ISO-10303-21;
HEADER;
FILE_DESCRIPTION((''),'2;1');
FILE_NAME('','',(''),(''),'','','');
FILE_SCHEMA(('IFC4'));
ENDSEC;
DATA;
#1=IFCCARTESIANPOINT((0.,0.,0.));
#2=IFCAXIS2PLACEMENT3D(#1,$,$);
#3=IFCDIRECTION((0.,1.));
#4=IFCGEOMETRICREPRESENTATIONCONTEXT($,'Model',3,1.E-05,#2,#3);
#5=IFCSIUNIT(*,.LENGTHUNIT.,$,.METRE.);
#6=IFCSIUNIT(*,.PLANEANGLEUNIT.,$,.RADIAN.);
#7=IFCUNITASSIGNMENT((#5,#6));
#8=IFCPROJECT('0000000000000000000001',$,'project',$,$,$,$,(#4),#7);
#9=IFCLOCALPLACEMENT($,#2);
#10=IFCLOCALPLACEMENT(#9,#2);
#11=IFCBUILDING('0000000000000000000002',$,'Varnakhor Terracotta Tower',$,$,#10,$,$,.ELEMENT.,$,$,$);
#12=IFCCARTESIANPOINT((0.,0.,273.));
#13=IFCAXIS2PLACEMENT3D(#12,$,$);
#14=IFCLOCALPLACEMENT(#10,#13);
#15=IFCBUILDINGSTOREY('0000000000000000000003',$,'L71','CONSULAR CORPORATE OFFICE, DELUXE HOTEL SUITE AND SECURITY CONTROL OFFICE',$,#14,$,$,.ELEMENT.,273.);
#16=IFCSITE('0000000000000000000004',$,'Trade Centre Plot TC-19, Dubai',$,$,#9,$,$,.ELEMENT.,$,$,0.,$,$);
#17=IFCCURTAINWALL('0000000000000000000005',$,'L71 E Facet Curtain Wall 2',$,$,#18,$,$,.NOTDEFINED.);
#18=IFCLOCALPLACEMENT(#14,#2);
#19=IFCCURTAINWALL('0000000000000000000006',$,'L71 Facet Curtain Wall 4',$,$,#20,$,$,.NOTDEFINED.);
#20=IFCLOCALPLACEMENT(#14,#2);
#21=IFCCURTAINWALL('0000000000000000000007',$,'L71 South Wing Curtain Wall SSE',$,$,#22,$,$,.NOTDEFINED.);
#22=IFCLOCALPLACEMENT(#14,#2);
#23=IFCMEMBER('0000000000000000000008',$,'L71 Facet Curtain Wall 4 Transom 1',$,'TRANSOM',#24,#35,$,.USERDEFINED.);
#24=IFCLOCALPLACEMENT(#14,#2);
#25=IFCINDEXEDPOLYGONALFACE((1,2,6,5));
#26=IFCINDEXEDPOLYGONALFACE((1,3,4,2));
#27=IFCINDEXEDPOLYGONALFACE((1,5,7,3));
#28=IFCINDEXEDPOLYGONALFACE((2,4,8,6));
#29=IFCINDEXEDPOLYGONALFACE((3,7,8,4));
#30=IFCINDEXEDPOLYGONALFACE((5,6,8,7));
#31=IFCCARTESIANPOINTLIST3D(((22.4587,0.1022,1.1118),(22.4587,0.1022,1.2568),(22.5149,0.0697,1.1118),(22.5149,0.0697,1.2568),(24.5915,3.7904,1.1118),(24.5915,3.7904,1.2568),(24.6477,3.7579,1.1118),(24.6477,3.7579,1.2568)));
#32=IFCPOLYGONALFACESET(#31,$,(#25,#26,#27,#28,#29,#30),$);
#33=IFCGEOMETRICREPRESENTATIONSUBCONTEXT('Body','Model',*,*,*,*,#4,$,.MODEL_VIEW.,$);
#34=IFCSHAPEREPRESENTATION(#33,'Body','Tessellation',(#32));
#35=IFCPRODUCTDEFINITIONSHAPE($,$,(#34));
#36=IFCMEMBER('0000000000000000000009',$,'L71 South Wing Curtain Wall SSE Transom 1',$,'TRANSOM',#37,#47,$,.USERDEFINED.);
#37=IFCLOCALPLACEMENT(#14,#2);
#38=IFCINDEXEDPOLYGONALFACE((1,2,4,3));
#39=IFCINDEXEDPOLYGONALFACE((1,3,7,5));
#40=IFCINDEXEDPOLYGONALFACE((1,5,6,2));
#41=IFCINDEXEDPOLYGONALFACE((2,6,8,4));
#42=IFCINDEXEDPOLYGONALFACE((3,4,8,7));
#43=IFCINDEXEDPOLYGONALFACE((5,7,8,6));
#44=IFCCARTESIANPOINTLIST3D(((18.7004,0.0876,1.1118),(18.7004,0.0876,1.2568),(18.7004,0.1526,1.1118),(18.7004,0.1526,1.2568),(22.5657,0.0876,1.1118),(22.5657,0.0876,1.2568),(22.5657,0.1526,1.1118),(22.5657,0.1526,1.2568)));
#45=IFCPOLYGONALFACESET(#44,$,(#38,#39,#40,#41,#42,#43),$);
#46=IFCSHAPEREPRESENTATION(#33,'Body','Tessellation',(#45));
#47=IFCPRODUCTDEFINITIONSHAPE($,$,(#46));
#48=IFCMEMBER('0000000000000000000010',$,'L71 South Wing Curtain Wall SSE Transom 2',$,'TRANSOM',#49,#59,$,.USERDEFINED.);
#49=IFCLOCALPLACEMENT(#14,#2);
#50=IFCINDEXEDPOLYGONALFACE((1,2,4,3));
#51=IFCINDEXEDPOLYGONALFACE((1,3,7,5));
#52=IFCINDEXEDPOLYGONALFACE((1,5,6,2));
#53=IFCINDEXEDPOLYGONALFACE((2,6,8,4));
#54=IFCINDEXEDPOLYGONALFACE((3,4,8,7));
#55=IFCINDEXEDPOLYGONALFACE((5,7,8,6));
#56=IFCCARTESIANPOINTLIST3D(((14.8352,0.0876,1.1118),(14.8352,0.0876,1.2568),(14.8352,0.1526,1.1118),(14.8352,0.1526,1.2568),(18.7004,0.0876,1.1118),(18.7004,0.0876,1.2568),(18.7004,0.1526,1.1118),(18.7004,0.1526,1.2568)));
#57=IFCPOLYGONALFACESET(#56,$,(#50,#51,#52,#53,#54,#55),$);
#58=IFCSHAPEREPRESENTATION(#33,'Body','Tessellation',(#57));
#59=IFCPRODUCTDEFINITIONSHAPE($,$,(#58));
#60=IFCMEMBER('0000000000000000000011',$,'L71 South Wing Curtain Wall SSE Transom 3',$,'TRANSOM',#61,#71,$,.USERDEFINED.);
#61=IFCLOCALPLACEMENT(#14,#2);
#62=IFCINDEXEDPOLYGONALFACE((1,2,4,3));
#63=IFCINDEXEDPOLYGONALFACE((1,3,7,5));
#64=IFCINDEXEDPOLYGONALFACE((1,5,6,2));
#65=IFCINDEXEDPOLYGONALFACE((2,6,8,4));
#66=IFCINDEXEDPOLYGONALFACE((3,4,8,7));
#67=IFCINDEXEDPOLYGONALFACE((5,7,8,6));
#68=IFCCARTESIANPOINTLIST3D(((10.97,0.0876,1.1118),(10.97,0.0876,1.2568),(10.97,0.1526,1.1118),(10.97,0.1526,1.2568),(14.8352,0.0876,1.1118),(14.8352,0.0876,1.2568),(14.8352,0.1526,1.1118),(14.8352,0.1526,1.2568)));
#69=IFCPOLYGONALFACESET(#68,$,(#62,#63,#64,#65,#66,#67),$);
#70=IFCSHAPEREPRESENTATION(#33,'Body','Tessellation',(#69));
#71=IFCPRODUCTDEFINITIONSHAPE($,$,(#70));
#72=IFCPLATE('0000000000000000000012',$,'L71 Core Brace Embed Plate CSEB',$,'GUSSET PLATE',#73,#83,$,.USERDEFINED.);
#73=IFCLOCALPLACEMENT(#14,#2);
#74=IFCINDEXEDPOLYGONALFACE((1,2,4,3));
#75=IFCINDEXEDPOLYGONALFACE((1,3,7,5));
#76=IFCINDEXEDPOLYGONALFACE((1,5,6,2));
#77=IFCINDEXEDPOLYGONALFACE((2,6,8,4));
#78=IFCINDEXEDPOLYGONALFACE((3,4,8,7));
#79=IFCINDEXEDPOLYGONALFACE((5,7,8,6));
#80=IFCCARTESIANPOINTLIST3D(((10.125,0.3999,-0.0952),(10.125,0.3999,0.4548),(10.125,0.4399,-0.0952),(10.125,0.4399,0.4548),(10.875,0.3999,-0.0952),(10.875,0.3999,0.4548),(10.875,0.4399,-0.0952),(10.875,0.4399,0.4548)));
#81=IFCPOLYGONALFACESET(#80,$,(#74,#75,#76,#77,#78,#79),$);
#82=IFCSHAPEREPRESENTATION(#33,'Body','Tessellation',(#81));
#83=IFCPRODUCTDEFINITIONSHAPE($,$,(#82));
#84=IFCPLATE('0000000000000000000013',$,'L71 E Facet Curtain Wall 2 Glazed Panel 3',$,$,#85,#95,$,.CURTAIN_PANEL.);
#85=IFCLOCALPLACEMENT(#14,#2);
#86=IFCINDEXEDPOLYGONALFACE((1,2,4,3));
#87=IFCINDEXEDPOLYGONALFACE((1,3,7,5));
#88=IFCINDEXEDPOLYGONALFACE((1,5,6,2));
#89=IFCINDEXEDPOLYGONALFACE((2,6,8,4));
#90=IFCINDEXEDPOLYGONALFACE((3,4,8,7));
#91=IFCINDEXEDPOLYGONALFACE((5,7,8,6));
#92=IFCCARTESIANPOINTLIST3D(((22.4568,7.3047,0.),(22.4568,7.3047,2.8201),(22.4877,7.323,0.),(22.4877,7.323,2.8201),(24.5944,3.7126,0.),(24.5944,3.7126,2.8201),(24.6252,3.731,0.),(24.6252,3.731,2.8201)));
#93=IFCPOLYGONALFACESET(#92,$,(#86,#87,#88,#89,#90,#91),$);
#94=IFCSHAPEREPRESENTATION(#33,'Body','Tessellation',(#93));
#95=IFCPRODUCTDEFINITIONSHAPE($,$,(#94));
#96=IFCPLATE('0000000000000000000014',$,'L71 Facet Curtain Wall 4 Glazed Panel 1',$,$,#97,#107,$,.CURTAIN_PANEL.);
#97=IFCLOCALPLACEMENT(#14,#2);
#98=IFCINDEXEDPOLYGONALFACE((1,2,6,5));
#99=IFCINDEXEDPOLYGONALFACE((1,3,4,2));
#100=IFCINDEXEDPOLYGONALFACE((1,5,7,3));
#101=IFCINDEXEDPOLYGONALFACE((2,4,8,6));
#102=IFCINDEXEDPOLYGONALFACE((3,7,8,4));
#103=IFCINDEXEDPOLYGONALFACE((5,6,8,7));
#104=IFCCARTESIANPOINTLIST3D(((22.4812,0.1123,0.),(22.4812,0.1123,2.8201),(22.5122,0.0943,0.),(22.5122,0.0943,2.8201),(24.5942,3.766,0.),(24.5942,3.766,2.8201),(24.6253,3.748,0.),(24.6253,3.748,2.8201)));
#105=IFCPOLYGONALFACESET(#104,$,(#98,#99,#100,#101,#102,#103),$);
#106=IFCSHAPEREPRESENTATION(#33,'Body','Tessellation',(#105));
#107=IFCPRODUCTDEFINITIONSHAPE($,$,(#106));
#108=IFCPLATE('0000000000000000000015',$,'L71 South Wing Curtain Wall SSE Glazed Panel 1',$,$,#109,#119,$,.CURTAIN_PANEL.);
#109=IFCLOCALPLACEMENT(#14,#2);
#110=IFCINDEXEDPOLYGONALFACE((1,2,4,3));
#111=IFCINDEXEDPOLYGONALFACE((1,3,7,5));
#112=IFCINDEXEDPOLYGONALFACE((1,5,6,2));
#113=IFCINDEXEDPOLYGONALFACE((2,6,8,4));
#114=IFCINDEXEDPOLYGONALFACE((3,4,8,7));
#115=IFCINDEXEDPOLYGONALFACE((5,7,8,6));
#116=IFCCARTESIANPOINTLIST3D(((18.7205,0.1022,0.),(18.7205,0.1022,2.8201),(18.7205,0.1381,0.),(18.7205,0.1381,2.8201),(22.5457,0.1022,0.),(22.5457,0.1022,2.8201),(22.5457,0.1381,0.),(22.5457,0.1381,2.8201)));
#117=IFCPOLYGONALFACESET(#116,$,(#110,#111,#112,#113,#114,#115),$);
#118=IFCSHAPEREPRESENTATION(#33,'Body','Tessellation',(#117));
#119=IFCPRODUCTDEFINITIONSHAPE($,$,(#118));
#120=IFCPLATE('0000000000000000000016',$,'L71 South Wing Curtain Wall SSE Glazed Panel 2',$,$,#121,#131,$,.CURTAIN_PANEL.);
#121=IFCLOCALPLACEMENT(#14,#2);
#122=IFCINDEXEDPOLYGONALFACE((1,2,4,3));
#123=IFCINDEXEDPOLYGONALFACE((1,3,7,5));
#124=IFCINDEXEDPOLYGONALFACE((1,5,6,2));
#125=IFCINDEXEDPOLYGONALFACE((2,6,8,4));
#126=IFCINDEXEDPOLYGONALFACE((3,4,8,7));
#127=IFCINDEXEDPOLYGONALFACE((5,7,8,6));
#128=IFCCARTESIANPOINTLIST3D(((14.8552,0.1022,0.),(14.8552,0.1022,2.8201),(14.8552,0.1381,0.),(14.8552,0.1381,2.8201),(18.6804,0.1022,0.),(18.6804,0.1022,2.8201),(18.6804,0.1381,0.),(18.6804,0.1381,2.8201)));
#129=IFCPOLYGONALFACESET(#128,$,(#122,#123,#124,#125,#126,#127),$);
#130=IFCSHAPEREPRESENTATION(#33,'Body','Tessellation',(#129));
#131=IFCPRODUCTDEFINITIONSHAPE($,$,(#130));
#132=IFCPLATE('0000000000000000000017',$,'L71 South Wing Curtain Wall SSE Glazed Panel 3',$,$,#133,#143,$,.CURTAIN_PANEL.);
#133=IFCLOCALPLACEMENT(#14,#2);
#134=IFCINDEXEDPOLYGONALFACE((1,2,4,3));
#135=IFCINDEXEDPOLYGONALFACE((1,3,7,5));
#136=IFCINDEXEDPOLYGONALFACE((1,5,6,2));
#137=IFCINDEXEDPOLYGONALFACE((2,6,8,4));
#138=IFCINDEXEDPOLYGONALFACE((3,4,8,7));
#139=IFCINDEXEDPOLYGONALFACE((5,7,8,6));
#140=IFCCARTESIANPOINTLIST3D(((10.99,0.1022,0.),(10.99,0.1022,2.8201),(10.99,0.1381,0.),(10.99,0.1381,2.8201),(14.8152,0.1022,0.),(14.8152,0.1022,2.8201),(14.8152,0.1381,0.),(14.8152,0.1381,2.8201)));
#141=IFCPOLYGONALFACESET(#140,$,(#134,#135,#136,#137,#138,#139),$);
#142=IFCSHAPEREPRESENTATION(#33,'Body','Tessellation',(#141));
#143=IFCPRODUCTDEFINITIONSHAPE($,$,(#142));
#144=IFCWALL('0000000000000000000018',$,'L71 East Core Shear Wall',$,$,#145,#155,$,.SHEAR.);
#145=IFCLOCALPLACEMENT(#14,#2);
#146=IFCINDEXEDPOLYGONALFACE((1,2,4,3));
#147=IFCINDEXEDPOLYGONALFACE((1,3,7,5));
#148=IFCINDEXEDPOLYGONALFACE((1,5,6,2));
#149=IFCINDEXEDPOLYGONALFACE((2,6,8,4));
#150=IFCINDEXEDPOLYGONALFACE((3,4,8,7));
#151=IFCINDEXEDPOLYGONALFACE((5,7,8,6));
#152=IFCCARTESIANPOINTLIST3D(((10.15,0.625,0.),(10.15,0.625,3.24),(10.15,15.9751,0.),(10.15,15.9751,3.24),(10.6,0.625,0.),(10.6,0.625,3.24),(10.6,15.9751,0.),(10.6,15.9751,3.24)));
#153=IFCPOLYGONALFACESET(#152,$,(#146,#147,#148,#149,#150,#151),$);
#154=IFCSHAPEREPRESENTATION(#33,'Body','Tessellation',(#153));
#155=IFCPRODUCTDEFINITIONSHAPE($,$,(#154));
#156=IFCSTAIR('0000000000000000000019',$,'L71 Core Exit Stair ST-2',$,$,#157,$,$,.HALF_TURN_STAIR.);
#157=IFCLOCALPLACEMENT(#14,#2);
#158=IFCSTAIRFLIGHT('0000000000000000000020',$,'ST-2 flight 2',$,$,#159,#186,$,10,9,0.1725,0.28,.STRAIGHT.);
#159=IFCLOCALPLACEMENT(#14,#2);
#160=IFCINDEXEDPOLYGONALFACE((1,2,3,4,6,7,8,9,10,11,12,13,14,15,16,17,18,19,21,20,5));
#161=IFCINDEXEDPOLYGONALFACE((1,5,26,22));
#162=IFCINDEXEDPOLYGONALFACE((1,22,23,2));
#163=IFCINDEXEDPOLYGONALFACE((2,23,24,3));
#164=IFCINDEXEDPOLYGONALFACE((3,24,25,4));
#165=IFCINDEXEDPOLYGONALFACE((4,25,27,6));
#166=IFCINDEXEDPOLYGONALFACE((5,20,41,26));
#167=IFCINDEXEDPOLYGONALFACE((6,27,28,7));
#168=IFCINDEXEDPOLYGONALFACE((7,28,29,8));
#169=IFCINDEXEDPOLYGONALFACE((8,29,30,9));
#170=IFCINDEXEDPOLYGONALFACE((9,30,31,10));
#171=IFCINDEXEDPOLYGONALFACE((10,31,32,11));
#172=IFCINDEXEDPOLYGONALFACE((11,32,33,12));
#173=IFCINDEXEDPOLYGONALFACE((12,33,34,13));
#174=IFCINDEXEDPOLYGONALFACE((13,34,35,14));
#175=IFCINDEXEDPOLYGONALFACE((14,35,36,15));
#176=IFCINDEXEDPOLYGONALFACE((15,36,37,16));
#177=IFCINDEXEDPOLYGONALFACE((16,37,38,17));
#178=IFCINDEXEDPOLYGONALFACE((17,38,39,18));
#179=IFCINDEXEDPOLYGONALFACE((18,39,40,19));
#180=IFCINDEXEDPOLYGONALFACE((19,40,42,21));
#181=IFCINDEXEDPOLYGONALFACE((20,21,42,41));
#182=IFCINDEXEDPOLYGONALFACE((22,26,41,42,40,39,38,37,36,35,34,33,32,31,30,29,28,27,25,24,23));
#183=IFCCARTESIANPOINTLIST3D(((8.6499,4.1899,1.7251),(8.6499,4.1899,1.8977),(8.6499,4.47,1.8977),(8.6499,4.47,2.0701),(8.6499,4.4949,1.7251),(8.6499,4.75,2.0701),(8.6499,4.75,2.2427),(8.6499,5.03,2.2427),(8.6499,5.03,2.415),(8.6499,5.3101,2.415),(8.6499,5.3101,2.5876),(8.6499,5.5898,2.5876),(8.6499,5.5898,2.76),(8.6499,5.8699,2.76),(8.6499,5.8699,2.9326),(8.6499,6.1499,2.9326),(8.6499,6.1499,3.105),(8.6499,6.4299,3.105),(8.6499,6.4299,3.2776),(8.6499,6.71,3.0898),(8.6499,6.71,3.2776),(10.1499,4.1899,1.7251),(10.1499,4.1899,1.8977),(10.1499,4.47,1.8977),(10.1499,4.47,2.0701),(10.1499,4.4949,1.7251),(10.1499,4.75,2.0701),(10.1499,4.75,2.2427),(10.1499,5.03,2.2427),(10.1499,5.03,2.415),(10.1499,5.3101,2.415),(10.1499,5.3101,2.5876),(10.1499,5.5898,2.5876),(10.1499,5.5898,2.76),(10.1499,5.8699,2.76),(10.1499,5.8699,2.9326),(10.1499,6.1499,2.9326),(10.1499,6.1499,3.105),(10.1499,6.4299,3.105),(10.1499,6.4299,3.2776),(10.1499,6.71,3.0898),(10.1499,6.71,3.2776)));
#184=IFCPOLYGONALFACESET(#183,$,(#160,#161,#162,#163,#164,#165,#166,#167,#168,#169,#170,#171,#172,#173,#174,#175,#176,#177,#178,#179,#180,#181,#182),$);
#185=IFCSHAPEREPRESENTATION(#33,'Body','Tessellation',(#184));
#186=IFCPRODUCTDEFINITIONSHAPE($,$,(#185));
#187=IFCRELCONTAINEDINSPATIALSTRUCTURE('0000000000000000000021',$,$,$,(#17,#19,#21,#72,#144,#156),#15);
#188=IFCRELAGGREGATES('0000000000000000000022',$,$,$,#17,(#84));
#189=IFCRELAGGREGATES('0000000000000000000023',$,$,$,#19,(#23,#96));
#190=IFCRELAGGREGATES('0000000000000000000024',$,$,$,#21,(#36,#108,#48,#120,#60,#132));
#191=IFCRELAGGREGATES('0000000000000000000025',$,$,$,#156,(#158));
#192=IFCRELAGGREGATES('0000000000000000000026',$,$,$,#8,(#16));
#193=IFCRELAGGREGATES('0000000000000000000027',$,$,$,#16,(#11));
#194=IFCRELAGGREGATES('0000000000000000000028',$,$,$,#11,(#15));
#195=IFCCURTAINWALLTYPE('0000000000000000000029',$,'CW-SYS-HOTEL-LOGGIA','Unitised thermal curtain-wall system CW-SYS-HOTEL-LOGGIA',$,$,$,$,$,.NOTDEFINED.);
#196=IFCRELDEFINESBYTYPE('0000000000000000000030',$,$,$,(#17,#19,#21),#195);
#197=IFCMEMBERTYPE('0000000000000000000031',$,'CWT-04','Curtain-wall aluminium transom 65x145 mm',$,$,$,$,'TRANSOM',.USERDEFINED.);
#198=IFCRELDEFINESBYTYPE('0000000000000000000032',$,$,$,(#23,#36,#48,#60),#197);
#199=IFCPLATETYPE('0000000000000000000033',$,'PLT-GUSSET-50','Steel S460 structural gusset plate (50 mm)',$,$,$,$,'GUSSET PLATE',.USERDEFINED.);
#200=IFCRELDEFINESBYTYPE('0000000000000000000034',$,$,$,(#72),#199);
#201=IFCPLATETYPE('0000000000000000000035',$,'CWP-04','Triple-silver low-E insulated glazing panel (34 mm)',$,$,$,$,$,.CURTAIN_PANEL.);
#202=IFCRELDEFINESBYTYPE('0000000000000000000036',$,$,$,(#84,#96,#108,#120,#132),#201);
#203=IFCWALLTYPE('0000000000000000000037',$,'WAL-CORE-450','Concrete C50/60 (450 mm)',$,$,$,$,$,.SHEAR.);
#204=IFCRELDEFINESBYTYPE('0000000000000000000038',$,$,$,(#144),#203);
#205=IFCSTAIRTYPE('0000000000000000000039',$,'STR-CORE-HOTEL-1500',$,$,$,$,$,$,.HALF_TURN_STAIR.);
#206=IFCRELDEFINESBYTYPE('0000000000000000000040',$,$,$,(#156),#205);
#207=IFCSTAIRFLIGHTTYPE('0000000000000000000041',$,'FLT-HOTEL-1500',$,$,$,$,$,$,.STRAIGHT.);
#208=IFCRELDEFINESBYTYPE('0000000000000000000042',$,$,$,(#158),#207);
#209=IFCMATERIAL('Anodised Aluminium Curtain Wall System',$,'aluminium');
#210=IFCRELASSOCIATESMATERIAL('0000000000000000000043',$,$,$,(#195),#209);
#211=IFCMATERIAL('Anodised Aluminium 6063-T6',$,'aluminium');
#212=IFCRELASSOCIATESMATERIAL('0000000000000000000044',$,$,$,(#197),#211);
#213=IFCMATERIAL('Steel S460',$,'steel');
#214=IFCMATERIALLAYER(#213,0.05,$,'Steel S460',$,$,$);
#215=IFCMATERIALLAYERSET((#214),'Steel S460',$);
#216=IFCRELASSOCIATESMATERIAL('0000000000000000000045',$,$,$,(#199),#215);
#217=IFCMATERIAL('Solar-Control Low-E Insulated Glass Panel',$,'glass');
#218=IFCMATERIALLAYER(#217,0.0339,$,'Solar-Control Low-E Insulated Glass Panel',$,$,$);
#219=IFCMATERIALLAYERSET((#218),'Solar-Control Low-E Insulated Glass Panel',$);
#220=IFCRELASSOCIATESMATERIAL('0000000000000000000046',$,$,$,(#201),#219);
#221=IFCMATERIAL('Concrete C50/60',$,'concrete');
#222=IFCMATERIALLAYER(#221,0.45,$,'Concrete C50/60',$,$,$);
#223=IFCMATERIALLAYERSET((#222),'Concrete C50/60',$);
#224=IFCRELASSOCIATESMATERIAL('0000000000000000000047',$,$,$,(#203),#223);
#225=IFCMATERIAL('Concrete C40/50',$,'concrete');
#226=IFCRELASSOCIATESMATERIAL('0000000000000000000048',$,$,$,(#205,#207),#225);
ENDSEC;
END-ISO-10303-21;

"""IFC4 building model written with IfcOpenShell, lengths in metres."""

from ifc_helpers import new_model, si_unit, direction, frame, frame_2d, origin, origin_2d, place, context, subcontext, project, spatial, polyline, rectangle, outline, extrude, source, transform, mapped, material, layer, layer_set, material_profile, profile_set, type_object, type_shapes, element, aggregate, save


model = new_model("IFC4")

# Units and contexts
model_context = context("Model", 3, precision=1e-05, world=origin(), true_north=direction((0.0, 1.0)))
body_context = subcontext(model_context, "Body", "Model", "MODEL_VIEW")
ifc_project = project(units=[si_unit("LENGTHUNIT", "METRE"), si_unit("PLANEANGLEUNIT", "RADIAN")], contexts=[model_context])

# Site, building, storey
site_placement = place(None, origin())
site = spatial("IfcSite", under=ifc_project, at=site_placement, Name="Trade Centre Plot TC-19, Dubai", CompositionType="ELEMENT", RefElevation=0.0)
building_placement = place(site_placement, origin())
building = spatial("IfcBuilding", under=site, at=building_placement, Name="Varnakhor Terracotta Tower", CompositionType="ELEMENT")
storey_placement = place(building_placement, frame((0.0, 0.0, 273.0)))
storey = spatial("IfcBuildingStorey", under=building, at=storey_placement, Name="L71", Description="CONSULAR CORPORATE OFFICE, DELUXE HOTEL SUITE AND SECURITY CONTROL OFFICE", CompositionType="ELEMENT", Elevation=273.0)

# Shared definitions
ifc_material_1 = material(Name="Concrete C50/60", Category="concrete")

# Curtain walls
ifc_material_2 = material(Name="Anodised Aluminium Curtain Wall System", Category="aluminium")
curtain_wall_type = type_object("IfcCurtainWallType", Name="CW-SYS-HOTEL-LOGGIA", Description="Unitised thermal curtain-wall system CW-SYS-HOTEL-LOGGIA", PredefinedType="NOTDEFINED", material=ifc_material_2)
curtain_wall_1_placement = place(storey_placement, origin())
curtain_wall_1 = element("IfcCurtainWall", 1, at=curtain_wall_1_placement, inside=storey, type_object=curtain_wall_type, Name="L71 E Facet Curtain Wall 2", PredefinedType="NOTDEFINED")
ifc_material_3 = material(Name="Anodised Aluminium 6063-T6", Category="aluminium")
curtain_wall_2_placement = place(storey_placement, origin())
curtain_wall_2 = element("IfcCurtainWall", 2, at=curtain_wall_2_placement, inside=storey, type_object=curtain_wall_type, Name="L71 Facet Curtain Wall 4", PredefinedType="NOTDEFINED")

# Curtain wall
curtain_wall_3_placement = place(storey_placement, origin())
curtain_wall_3 = element("IfcCurtainWall", 3, at=curtain_wall_3_placement, inside=storey, type_object=curtain_wall_type, Name="L71 South Wing Curtain Wall SSE", PredefinedType="NOTDEFINED")

# Members
ifc_material_profile_1 = material_profile(ifc_material_3, rectangle(XDim=0.0649, YDim=0.145, at=origin_2d()), Name="ALU TRANSOM 65x145")
ifc_profile_set_1 = profile_set([ifc_material_profile_1], Name="Anodised Aluminium 6063-T6")
member_type_1 = type_object("IfcMemberType", Name="CWT-04", Description="Curtain-wall aluminium transom 65x145 mm", ElementType="TRANSOM", PredefinedType="USERDEFINED", material=ifc_profile_set_1)
shared_shape_1 = source(origin(), body_context, "Body", "SweptSolid", [
    extrude(rectangle(XDim=0.0649, YDim=0.145, at=origin_2d()), origin(), (0.0, 0.0, 1.0), 4.2605),
])
member_1_placement = place(storey_placement, frame((24.6196, 3.7742, 1.1843), z_axis=(-0.5006, -0.865679, 0.0), x_axis=(0.865679, -0.5006, 0.0)))
member_1 = element("IfcMember", 4, at=member_1_placement, type_object=member_type_1, Name="L71 Facet Curtain Wall 4 Transom 1", ObjectType="TRANSOM", PredefinedType="USERDEFINED", context=body_context, shape_type="MappedRepresentation", body=[
    mapped(shared_shape_1, transform((0.0, 0.0, 0.0), scale=1.0)),
])
shared_shape_2 = source(origin(), body_context, "Body", "SweptSolid", [
    extrude(rectangle(XDim=0.0649, YDim=0.145, at=origin_2d()), origin(), (0.0, 0.0, 1.0), 3.8652),
])
member_2_placement = place(storey_placement, frame((22.5657, 0.1201, 1.1843), z_axis=(-1.0, 0.0, 0.0), x_axis=(0.0, -1.0, 0.0)))
member_2 = element("IfcMember", 5, at=member_2_placement, type_object=member_type_1, Name="L71 South Wing Curtain Wall SSE Transom 1", ObjectType="TRANSOM", PredefinedType="USERDEFINED", context=body_context, shape_type="MappedRepresentation", body=[
    mapped(shared_shape_2, transform((0.0, 0.0, 0.0), scale=1.0)),
])
member_3_placement = place(storey_placement, frame((18.7004, 0.1201, 1.1843), z_axis=(-1.0, 0.0, 0.0), x_axis=(0.0, -1.0, 0.0)))
member_3 = element("IfcMember", 6, at=member_3_placement, type_object=member_type_1, Name="L71 South Wing Curtain Wall SSE Transom 2", ObjectType="TRANSOM", PredefinedType="USERDEFINED", context=body_context, shape_type="MappedRepresentation", body=[
    mapped(shared_shape_2, transform((0.0, 0.0, 0.0), scale=1.0)),
])
member_4_placement = place(storey_placement, frame((14.8352, 0.1201, 1.1843), z_axis=(-1.0, 0.0, 0.0), x_axis=(0.0, -1.0, 0.0)))
member_4 = element("IfcMember", 7, at=member_4_placement, type_object=member_type_1, Name="L71 South Wing Curtain Wall SSE Transom 3", ObjectType="TRANSOM", PredefinedType="USERDEFINED", context=body_context, shape_type="MappedRepresentation", body=[
    mapped(shared_shape_2, transform((0.0, 0.0, 0.0), scale=1.0)),
])

# Plates
ifc_material_4 = material(Name="Steel S460", Category="steel")
ifc_layer_1 = layer(ifc_material_4, 0.05, Name="Steel S460")
ifc_layer_set_1 = layer_set([ifc_layer_1], Name="Steel S460")
plate_type_1 = type_object("IfcPlateType", Name="PLT-GUSSET-50", Description="Steel S460 structural gusset plate (50 mm)", ElementType="GUSSET PLATE", PredefinedType="USERDEFINED", material=ifc_layer_set_1)
shared_shape_3 = source(origin(), body_context, "Body", "SweptSolid", [
    extrude(rectangle(XDim=0.75, YDim=0.04, at=origin_2d()), origin(), (0.0, 0.0, 1.0), 0.55),
])
type_shapes(plate_type_1, [shared_shape_3])
plate_1_placement = place(storey_placement, frame((10.5, 0.4199, -0.0952), z_axis=(0.0, 0.0, 1.0), x_axis=(1.0, 0.0, 0.0)))
element("IfcPlate", 8, at=plate_1_placement, inside=storey, type_object=plate_type_1, Name="L71 Core Brace Embed Plate CSEB", ObjectType="GUSSET PLATE", PredefinedType="USERDEFINED", context=body_context, shape_type="MappedRepresentation", body=[
    mapped(shared_shape_3, transform((0.0, 0.0, 0.0), scale=1.0)),
])
ifc_material_5 = material(Name="Solar-Control Low-E Insulated Glass Panel", Category="glass")
ifc_layer_2 = layer(ifc_material_5, 0.0339, Name="Solar-Control Low-E Insulated Glass Panel")
ifc_layer_set_2 = layer_set([ifc_layer_2], Name="Solar-Control Low-E Insulated Glass Panel")
plate_type_2 = type_object("IfcPlateType", Name="CWP-04", Description="Triple-silver low-E insulated glazing panel (34 mm)", PredefinedType="CURTAIN_PANEL", material=ifc_layer_set_2)
shared_shape_4 = source(origin(), body_context, "Body", "SweptSolid", [
    extrude(rectangle(XDim=4.1799, YDim=0.0359, at=origin_2d()), origin(), (0.0, 0.0, 1.0), 2.8201),
])
plate_2_placement = place(storey_placement, frame((23.541, 5.5178, 0.0), z_axis=(0.0, 0.0, 1.0), x_axis=(0.511383, -0.859353, 0.0)))
plate_2 = element("IfcPlate", 9, at=plate_2_placement, type_object=plate_type_2, Name="L71 E Facet Curtain Wall 2 Glazed Panel 3", PredefinedType="CURTAIN_PANEL", context=body_context, shape_type="MappedRepresentation", body=[
    mapped(shared_shape_4, transform((0.0, 0.0, 0.0), scale=1.0)),
])
aggregate(curtain_wall_1, [plate_2])
shared_shape_5 = source(origin(), body_context, "Body", "SweptSolid", [
    extrude(rectangle(XDim=4.2207, YDim=0.0359, at=origin_2d()), origin(), (0.0, 0.0, 1.0), 2.8201),
])
plate_3_placement = place(storey_placement, frame((23.5532, 1.9302, 0.0), z_axis=(0.0, 0.0, 1.0), x_axis=(-0.500635, -0.865659, 0.0)))
plate_3 = element("IfcPlate", 10, at=plate_3_placement, type_object=plate_type_2, Name="L71 Facet Curtain Wall 4 Glazed Panel 1", PredefinedType="CURTAIN_PANEL", context=body_context, shape_type="MappedRepresentation", body=[
    mapped(shared_shape_5, transform((0.0, 0.0, 0.0), scale=1.0)),
])
aggregate(curtain_wall_2, [member_1, plate_3])
shared_shape_6 = source(origin(), body_context, "Body", "SweptSolid", [
    extrude(rectangle(XDim=3.8252, YDim=0.0359, at=origin_2d()), origin(), (0.0, 0.0, 1.0), 2.8201),
])
plate_4_placement = place(storey_placement, frame((20.6331, 0.1201, 0.0), z_axis=(0.0, 0.0, 1.0), x_axis=(-1.0, 0.0, 0.0)))
plate_4 = element("IfcPlate", 11, at=plate_4_placement, type_object=plate_type_2, Name="L71 South Wing Curtain Wall SSE Glazed Panel 1", PredefinedType="CURTAIN_PANEL", context=body_context, shape_type="MappedRepresentation", body=[
    mapped(shared_shape_6, transform((0.0, 0.0, 0.0), scale=1.0)),
])
plate_5_placement = place(storey_placement, frame((16.7678, 0.1201, 0.0), z_axis=(0.0, 0.0, 1.0), x_axis=(-1.0, 0.0, 0.0)))
plate_5 = element("IfcPlate", 12, at=plate_5_placement, type_object=plate_type_2, Name="L71 South Wing Curtain Wall SSE Glazed Panel 2", PredefinedType="CURTAIN_PANEL", context=body_context, shape_type="MappedRepresentation", body=[
    mapped(shared_shape_6, transform((0.0, 0.0, 0.0), scale=1.0)),
])
plate_6_placement = place(storey_placement, frame((12.9026, 0.1201, 0.0), z_axis=(0.0, 0.0, 1.0), x_axis=(-1.0, 0.0, 0.0)))
plate_6 = element("IfcPlate", 13, at=plate_6_placement, type_object=plate_type_2, Name="L71 South Wing Curtain Wall SSE Glazed Panel 3", PredefinedType="CURTAIN_PANEL", context=body_context, shape_type="MappedRepresentation", body=[
    mapped(shared_shape_6, transform((0.0, 0.0, 0.0), scale=1.0)),
])
aggregate(curtain_wall_3, [member_2, plate_4, member_3, plate_5, member_4, plate_6])

# Wall
ifc_layer_3 = layer(ifc_material_1, 0.45, Name="Concrete C50/60")
ifc_layer_set_3 = layer_set([ifc_layer_3], Name="Concrete C50/60")
wall_type = type_object("IfcWallType", Name="WAL-CORE-450", Description="Concrete C50/60 (450 mm)", PredefinedType="SHEAR", material=ifc_layer_set_3)
wall_placement = place(storey_placement, frame((10.375, 0.625, 0.0), z_axis=(0.0, 0.0, 1.0), x_axis=(0.0, 1.0, 0.0)))
element("IfcWall", 14, at=wall_placement, inside=storey, type_object=wall_type, Name="L71 East Core Shear Wall", PredefinedType="SHEAR", context=body_context, shape_type="SweptSolid", body=[
    extrude(rectangle(XDim=15.3501, YDim=0.45, at=frame_2d((7.675, 0.0))), origin(), (0.0, 0.0, 1.0), 3.24),
])

# Stair, stair flight
ifc_material_6 = material(Name="Concrete C40/50", Category="concrete")
stair_type = type_object("IfcStairType", Name="STR-CORE-HOTEL-1500", PredefinedType="HALF_TURN_STAIR", material=ifc_material_6)
stair_placement = place(storey_placement, origin())
stair = element("IfcStair", 15, at=stair_placement, inside=storey, type_object=stair_type, Name="L71 Core Exit Stair ST-2", PredefinedType="HALF_TURN_STAIR")
stair_flight_type = type_object("IfcStairFlightType", Name="FLT-HOTEL-1500", PredefinedType="STRAIGHT", material=ifc_material_6)
stair_flight_placement = place(storey_placement, frame((9.3999, 4.1899, 1.7251), z_axis=(0.0, 0.0, 1.0), x_axis=(0.0, 1.0, 0.0)))
stair_flight = element("IfcStairFlight", 16, at=stair_flight_placement, type_object=stair_flight_type, Name="ST-2 flight 2", NumberOfRisers=10, NumberOfTreads=9, PredefinedType="STRAIGHT", RiserHeight=0.1725, TreadLength=0.28, context=body_context, shape_type="SweptSolid", body=[
    extrude(outline(polyline([(0.0, 0.0), (0.0, 0.1726), (0.28, 0.1726), (0.28, 0.345), (0.5601, 0.345), (0.5601, 0.5176), (0.8401, 0.5176), (0.8401, 0.6899), (1.1201, 0.6899), (1.1201, 0.8625), (1.3999, 0.8625), (1.3999, 1.0349), (1.6799, 1.0349), (1.6799, 1.2075), (1.96, 1.2075), (1.96, 1.3799), (2.24, 1.3799), (2.24, 1.5525), (2.52, 1.5525), (2.52, 1.7251), (2.52, 1.3647), (0.3049, 0.0), (0.0, 0.0)])), frame((0.0, 0.75, 0.0), z_axis=(0.0, -1.0, 0.0), x_axis=(1.0, 0.0, 0.0)), (0.0, 0.0, 1.0), 1.5),
])
aggregate(stair, [stair_flight])

save(model, "model.ifc")
